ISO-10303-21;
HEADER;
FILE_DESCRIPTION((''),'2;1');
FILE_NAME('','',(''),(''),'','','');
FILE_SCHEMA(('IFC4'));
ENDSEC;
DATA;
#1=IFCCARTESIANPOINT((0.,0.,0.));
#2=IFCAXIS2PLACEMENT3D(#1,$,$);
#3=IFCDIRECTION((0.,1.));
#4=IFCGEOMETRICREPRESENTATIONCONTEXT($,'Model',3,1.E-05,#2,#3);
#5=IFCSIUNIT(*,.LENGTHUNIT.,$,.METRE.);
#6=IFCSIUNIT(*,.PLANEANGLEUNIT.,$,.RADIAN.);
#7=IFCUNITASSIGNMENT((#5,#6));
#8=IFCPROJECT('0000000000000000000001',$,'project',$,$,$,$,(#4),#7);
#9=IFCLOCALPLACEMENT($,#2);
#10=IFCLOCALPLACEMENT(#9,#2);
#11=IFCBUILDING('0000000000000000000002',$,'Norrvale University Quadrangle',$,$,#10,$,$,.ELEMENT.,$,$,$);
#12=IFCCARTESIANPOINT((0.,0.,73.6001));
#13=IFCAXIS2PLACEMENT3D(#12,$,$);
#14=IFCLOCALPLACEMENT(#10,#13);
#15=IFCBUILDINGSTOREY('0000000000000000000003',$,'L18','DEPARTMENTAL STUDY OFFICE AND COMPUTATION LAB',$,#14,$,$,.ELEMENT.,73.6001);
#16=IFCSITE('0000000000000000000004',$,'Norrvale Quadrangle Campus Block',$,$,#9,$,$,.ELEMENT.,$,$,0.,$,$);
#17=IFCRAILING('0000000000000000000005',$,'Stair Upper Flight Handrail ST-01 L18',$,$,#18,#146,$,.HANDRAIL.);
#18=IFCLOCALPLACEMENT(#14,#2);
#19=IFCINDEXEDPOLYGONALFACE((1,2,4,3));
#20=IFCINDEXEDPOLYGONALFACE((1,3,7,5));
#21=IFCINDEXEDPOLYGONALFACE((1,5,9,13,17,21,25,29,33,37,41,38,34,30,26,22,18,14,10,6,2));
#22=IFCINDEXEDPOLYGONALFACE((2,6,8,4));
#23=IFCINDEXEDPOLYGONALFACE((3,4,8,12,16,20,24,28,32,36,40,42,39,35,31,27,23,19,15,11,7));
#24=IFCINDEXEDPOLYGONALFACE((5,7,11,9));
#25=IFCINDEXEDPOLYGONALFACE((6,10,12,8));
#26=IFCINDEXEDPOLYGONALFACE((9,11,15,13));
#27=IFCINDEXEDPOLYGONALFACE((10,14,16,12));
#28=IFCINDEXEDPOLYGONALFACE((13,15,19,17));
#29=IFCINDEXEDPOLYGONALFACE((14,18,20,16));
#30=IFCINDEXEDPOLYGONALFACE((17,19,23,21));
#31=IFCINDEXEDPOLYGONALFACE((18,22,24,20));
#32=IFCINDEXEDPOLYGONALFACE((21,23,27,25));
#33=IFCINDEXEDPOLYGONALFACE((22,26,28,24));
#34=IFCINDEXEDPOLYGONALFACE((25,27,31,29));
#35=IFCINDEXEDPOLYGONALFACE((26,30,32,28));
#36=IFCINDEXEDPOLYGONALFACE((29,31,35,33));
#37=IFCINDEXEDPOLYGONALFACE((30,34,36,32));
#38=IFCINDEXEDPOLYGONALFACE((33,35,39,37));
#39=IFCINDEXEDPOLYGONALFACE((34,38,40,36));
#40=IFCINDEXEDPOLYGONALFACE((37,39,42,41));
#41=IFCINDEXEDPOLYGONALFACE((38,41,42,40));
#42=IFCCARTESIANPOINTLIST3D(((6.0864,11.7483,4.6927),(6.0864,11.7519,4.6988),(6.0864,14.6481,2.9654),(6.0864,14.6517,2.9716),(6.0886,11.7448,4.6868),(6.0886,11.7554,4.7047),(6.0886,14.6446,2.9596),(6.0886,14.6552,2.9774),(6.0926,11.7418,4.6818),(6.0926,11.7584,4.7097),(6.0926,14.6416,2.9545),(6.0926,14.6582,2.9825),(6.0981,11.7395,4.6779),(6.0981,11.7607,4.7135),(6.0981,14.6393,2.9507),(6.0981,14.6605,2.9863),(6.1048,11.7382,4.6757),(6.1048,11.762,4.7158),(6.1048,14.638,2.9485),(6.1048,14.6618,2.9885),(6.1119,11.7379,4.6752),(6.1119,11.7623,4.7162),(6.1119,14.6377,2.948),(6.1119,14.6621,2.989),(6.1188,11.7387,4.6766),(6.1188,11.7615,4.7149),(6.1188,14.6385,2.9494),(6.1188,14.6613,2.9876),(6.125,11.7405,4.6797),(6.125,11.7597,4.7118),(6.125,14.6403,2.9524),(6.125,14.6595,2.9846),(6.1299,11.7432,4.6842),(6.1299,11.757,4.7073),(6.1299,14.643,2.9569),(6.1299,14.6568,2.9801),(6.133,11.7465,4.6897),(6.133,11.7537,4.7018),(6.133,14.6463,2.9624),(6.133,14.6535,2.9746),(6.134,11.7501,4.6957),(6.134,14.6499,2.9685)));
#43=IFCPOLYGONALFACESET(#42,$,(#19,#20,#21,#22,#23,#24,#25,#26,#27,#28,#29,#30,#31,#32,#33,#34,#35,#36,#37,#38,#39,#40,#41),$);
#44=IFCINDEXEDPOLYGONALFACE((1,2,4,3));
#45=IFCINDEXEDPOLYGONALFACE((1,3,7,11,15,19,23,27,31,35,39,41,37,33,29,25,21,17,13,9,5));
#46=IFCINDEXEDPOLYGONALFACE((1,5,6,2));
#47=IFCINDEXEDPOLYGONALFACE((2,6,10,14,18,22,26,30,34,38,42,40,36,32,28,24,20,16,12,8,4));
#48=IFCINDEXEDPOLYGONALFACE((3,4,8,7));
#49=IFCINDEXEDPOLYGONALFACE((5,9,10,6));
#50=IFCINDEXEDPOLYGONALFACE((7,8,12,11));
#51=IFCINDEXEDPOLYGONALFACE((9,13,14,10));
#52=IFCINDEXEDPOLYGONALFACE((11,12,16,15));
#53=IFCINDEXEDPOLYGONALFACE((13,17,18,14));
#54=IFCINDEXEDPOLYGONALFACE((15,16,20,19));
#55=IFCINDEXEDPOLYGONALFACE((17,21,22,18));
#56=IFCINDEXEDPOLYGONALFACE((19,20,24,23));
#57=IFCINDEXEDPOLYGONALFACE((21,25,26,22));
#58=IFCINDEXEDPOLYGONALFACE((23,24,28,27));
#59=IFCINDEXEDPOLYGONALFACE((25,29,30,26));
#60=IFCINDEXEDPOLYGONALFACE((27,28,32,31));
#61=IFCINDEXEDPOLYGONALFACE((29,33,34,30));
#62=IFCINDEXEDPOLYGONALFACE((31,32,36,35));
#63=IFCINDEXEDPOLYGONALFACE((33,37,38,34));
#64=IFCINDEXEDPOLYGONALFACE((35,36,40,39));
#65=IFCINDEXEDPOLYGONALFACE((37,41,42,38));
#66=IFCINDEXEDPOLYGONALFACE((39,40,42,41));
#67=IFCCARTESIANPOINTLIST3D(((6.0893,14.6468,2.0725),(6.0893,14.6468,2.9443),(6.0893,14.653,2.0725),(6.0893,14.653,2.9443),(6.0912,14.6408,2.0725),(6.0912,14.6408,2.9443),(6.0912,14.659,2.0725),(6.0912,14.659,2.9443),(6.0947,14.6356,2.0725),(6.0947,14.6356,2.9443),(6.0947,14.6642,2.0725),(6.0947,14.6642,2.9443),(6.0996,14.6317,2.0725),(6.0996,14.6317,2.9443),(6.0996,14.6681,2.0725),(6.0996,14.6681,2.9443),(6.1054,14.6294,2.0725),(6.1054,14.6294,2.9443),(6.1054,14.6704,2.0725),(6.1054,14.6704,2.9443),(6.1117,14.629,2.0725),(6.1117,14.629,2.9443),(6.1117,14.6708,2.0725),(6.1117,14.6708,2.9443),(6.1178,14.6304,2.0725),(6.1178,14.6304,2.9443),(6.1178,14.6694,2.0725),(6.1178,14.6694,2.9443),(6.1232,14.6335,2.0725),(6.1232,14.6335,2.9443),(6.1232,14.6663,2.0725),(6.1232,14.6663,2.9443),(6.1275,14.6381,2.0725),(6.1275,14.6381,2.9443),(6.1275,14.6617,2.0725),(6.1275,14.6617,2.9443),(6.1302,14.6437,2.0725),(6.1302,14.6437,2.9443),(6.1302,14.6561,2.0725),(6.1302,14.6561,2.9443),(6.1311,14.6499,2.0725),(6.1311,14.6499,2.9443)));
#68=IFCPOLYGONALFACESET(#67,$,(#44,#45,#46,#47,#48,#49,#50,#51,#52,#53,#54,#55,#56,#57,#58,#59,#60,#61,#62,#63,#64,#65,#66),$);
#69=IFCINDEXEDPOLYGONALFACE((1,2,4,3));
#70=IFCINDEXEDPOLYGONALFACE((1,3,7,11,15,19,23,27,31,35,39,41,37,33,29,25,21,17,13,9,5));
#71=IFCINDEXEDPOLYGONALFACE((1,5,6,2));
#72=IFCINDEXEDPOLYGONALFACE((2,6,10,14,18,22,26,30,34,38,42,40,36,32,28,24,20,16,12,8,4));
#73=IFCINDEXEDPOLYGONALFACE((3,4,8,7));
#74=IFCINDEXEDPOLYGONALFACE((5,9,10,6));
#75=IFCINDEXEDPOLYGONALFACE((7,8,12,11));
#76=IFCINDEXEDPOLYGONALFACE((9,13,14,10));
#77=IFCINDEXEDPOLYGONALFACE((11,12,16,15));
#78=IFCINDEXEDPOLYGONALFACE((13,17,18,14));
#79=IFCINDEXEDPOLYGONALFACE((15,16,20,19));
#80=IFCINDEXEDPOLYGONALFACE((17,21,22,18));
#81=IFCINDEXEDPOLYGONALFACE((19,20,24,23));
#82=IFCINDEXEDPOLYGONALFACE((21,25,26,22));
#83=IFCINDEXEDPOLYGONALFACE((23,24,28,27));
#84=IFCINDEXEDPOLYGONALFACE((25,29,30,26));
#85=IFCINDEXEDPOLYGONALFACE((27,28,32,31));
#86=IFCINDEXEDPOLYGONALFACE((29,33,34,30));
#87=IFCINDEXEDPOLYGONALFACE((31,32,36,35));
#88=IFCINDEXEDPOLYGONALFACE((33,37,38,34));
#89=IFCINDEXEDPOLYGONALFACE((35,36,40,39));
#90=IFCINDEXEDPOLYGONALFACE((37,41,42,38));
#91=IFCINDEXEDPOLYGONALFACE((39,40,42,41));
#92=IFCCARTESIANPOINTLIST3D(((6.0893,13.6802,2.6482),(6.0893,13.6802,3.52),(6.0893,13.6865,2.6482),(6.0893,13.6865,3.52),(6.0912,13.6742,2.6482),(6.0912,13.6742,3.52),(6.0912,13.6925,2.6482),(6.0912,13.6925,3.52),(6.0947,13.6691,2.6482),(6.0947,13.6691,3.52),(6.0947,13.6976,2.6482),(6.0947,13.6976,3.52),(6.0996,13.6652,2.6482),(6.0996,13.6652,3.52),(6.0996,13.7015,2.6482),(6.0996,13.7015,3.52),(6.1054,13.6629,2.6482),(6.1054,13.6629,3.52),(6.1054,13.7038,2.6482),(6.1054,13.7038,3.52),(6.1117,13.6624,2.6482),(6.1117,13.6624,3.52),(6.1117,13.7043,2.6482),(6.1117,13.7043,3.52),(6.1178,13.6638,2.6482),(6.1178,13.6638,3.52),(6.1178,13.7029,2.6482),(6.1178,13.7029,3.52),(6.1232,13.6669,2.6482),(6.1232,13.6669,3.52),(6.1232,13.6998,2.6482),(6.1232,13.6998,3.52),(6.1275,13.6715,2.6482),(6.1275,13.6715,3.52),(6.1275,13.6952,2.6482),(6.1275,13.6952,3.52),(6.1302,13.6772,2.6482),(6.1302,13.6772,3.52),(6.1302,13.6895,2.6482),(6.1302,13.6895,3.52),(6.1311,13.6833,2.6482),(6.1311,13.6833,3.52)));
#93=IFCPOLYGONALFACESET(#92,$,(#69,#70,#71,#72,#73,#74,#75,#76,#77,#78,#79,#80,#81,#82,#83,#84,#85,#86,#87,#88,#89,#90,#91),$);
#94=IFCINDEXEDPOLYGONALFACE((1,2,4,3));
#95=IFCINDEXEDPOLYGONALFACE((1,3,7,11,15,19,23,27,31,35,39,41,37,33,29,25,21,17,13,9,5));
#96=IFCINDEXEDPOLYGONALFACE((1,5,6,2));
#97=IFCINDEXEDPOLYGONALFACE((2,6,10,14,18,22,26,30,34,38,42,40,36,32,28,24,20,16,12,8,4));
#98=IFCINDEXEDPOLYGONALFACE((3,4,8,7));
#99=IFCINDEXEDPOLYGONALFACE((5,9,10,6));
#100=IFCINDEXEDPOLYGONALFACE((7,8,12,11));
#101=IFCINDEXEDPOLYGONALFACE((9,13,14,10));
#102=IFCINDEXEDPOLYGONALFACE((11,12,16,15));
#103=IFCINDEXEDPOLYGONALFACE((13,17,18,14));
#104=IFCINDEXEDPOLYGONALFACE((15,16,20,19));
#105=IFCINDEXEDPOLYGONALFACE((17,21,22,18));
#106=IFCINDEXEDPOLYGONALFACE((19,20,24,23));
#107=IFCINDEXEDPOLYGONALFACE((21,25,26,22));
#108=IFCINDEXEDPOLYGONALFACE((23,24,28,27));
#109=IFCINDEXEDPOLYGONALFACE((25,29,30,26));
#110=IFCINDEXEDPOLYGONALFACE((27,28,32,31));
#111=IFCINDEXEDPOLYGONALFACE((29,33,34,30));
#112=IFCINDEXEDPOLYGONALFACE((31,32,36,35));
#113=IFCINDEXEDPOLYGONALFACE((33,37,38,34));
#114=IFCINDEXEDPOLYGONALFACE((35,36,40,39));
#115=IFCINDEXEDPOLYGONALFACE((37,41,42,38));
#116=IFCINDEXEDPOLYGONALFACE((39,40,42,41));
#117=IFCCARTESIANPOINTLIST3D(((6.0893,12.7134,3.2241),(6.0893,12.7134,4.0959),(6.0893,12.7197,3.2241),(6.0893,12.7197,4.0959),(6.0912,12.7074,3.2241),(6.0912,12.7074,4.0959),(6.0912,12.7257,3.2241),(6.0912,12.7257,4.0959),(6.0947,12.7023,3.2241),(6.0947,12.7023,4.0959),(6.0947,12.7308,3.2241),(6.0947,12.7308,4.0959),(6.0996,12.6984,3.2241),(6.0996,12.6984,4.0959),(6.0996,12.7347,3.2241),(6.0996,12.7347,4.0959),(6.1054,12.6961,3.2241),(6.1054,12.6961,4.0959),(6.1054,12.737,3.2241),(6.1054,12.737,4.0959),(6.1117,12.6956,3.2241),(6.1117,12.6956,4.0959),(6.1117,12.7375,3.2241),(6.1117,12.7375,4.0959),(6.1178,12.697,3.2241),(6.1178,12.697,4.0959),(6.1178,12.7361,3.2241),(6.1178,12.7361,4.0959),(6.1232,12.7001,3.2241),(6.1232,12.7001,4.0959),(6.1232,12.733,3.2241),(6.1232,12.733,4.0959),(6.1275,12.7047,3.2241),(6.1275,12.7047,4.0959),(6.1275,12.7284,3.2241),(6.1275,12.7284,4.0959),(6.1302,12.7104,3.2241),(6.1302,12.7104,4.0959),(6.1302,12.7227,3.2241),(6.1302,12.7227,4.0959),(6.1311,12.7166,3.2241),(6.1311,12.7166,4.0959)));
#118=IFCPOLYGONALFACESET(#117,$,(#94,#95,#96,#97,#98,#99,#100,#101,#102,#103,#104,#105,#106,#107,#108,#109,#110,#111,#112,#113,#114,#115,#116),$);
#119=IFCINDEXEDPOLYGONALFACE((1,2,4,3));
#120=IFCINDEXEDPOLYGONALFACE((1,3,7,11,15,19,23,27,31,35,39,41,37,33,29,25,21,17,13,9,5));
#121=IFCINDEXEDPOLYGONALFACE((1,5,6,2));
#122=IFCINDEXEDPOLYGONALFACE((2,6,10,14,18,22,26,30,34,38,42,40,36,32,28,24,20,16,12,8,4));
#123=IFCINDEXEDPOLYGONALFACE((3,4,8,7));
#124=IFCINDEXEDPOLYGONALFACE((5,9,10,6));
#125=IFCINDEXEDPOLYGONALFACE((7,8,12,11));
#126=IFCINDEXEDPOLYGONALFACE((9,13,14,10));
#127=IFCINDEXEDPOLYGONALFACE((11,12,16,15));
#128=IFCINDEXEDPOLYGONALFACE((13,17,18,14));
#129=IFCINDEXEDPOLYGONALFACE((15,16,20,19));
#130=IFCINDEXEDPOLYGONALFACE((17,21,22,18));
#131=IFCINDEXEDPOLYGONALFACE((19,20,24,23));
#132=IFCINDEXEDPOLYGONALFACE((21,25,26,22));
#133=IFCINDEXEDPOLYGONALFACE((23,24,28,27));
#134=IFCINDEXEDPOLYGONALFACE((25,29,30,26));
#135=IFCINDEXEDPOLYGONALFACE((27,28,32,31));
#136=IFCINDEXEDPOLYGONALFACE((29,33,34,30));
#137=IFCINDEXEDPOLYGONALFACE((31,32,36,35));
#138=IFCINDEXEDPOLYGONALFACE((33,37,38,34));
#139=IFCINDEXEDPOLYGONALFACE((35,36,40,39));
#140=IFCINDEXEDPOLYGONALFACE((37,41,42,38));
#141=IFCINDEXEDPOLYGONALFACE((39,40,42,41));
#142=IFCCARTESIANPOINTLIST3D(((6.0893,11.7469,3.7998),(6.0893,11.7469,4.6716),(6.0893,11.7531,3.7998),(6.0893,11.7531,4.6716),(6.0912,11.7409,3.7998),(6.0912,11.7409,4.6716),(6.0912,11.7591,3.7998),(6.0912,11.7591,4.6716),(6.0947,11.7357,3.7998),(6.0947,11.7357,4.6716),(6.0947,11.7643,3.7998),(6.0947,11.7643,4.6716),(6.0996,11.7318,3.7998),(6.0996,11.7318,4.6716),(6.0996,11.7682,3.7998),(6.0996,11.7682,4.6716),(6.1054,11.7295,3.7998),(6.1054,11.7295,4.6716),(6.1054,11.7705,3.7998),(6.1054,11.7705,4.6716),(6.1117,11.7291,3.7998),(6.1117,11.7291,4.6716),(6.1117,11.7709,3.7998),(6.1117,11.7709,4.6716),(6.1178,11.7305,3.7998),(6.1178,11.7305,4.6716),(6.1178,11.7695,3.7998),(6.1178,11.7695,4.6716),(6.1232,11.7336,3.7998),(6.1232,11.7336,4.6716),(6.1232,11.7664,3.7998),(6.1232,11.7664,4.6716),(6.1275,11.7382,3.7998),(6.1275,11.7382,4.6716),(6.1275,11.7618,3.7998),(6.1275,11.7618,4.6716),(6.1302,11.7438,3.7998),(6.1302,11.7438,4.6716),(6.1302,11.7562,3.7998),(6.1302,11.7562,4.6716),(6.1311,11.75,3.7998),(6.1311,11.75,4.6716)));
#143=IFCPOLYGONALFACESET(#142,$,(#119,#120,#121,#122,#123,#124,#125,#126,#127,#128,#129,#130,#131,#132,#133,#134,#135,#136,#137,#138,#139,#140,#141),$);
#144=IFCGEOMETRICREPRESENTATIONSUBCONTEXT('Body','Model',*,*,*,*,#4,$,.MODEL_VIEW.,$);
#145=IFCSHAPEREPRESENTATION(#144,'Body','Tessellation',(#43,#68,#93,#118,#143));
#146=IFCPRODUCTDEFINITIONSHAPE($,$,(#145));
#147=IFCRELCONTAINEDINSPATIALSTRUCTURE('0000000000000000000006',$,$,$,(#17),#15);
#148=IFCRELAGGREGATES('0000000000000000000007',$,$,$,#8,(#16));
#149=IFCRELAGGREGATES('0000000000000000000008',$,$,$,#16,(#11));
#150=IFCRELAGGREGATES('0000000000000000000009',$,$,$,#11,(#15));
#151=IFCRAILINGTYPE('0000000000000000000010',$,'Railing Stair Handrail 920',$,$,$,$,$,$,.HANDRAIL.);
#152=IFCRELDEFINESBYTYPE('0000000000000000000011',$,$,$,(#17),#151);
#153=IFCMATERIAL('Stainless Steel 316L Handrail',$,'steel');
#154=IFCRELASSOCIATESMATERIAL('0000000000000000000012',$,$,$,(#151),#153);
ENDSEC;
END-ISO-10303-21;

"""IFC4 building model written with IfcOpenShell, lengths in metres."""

from ifc_helpers import new_model, si_unit, direction, frame, origin, origin_2d, place, context, subcontext, project, spatial, circle, extrude, material, type_object, element, save


model = new_model("IFC4")

# Units and contexts
model_context = context("Model", 3, precision=1e-05, world=origin(), true_north=direction((0.0, 1.0)))
body_context = subcontext(model_context, "Body", "Model", "MODEL_VIEW")
ifc_project = project(units=[si_unit("LENGTHUNIT", "METRE"), si_unit("PLANEANGLEUNIT", "RADIAN")], contexts=[model_context])

# Site, building, storey
site_placement = place(None, origin())
site = spatial("IfcSite", under=ifc_project, at=site_placement, Name="Norrvale Quadrangle Campus Block", CompositionType="ELEMENT", RefElevation=0.0)
building_placement = place(site_placement, origin())
building = spatial("IfcBuilding", under=site, at=building_placement, Name="Norrvale University Quadrangle", CompositionType="ELEMENT")
storey_placement = place(building_placement, frame((0.0, 0.0, 73.6001)))
storey = spatial("IfcBuildingStorey", under=building, at=storey_placement, Name="L18", Description="DEPARTMENTAL STUDY OFFICE AND COMPUTATION LAB", CompositionType="ELEMENT", Elevation=73.6001)

# Railing
ifc_material_1 = material(Name="Stainless Steel 316L Handrail", Category="steel")
railing_type_1 = type_object("IfcRailingType", Name="Railing Stair Handrail 920", PredefinedType="HANDRAIL", material=ifc_material_1)
railing_1_placement = place(storey_placement, frame((6.1101, 14.6499, 2.0725)))
element("IfcRailing", 1, at=railing_1_placement, inside=storey, type_object=railing_type_1, Name="Stair Upper Flight Handrail ST-01 L18", PredefinedType="HANDRAIL", context=body_context, shape_type="SweptSolid", body=[
    extrude(circle(Radius=0.0239, at=origin_2d()), frame((0.0, 0.0, 0.896), z_axis=(0.0, -0.859141, 0.511738), x_axis=(1.0, 0.0, 0.0)), (0.0, 0.0, 1.0), 3.3752),
    extrude(circle(Radius=0.021, at=origin_2d()), origin(), (0.0, 0.0, 1.0), 0.8718),
    extrude(circle(Radius=0.021, at=origin_2d()), frame((0.0, -0.9666, 0.5757)), (0.0, 0.0, 1.0), 0.8718),
    extrude(circle(Radius=0.021, at=origin_2d()), frame((0.0, -1.9333, 1.1516)), (0.0, 0.0, 1.0), 0.8718),
    extrude(circle(Radius=0.021, at=origin_2d()), frame((0.0, -2.8999, 1.7273)), (0.0, 0.0, 1.0), 0.8718),
])

save(model, "model.ifc")
